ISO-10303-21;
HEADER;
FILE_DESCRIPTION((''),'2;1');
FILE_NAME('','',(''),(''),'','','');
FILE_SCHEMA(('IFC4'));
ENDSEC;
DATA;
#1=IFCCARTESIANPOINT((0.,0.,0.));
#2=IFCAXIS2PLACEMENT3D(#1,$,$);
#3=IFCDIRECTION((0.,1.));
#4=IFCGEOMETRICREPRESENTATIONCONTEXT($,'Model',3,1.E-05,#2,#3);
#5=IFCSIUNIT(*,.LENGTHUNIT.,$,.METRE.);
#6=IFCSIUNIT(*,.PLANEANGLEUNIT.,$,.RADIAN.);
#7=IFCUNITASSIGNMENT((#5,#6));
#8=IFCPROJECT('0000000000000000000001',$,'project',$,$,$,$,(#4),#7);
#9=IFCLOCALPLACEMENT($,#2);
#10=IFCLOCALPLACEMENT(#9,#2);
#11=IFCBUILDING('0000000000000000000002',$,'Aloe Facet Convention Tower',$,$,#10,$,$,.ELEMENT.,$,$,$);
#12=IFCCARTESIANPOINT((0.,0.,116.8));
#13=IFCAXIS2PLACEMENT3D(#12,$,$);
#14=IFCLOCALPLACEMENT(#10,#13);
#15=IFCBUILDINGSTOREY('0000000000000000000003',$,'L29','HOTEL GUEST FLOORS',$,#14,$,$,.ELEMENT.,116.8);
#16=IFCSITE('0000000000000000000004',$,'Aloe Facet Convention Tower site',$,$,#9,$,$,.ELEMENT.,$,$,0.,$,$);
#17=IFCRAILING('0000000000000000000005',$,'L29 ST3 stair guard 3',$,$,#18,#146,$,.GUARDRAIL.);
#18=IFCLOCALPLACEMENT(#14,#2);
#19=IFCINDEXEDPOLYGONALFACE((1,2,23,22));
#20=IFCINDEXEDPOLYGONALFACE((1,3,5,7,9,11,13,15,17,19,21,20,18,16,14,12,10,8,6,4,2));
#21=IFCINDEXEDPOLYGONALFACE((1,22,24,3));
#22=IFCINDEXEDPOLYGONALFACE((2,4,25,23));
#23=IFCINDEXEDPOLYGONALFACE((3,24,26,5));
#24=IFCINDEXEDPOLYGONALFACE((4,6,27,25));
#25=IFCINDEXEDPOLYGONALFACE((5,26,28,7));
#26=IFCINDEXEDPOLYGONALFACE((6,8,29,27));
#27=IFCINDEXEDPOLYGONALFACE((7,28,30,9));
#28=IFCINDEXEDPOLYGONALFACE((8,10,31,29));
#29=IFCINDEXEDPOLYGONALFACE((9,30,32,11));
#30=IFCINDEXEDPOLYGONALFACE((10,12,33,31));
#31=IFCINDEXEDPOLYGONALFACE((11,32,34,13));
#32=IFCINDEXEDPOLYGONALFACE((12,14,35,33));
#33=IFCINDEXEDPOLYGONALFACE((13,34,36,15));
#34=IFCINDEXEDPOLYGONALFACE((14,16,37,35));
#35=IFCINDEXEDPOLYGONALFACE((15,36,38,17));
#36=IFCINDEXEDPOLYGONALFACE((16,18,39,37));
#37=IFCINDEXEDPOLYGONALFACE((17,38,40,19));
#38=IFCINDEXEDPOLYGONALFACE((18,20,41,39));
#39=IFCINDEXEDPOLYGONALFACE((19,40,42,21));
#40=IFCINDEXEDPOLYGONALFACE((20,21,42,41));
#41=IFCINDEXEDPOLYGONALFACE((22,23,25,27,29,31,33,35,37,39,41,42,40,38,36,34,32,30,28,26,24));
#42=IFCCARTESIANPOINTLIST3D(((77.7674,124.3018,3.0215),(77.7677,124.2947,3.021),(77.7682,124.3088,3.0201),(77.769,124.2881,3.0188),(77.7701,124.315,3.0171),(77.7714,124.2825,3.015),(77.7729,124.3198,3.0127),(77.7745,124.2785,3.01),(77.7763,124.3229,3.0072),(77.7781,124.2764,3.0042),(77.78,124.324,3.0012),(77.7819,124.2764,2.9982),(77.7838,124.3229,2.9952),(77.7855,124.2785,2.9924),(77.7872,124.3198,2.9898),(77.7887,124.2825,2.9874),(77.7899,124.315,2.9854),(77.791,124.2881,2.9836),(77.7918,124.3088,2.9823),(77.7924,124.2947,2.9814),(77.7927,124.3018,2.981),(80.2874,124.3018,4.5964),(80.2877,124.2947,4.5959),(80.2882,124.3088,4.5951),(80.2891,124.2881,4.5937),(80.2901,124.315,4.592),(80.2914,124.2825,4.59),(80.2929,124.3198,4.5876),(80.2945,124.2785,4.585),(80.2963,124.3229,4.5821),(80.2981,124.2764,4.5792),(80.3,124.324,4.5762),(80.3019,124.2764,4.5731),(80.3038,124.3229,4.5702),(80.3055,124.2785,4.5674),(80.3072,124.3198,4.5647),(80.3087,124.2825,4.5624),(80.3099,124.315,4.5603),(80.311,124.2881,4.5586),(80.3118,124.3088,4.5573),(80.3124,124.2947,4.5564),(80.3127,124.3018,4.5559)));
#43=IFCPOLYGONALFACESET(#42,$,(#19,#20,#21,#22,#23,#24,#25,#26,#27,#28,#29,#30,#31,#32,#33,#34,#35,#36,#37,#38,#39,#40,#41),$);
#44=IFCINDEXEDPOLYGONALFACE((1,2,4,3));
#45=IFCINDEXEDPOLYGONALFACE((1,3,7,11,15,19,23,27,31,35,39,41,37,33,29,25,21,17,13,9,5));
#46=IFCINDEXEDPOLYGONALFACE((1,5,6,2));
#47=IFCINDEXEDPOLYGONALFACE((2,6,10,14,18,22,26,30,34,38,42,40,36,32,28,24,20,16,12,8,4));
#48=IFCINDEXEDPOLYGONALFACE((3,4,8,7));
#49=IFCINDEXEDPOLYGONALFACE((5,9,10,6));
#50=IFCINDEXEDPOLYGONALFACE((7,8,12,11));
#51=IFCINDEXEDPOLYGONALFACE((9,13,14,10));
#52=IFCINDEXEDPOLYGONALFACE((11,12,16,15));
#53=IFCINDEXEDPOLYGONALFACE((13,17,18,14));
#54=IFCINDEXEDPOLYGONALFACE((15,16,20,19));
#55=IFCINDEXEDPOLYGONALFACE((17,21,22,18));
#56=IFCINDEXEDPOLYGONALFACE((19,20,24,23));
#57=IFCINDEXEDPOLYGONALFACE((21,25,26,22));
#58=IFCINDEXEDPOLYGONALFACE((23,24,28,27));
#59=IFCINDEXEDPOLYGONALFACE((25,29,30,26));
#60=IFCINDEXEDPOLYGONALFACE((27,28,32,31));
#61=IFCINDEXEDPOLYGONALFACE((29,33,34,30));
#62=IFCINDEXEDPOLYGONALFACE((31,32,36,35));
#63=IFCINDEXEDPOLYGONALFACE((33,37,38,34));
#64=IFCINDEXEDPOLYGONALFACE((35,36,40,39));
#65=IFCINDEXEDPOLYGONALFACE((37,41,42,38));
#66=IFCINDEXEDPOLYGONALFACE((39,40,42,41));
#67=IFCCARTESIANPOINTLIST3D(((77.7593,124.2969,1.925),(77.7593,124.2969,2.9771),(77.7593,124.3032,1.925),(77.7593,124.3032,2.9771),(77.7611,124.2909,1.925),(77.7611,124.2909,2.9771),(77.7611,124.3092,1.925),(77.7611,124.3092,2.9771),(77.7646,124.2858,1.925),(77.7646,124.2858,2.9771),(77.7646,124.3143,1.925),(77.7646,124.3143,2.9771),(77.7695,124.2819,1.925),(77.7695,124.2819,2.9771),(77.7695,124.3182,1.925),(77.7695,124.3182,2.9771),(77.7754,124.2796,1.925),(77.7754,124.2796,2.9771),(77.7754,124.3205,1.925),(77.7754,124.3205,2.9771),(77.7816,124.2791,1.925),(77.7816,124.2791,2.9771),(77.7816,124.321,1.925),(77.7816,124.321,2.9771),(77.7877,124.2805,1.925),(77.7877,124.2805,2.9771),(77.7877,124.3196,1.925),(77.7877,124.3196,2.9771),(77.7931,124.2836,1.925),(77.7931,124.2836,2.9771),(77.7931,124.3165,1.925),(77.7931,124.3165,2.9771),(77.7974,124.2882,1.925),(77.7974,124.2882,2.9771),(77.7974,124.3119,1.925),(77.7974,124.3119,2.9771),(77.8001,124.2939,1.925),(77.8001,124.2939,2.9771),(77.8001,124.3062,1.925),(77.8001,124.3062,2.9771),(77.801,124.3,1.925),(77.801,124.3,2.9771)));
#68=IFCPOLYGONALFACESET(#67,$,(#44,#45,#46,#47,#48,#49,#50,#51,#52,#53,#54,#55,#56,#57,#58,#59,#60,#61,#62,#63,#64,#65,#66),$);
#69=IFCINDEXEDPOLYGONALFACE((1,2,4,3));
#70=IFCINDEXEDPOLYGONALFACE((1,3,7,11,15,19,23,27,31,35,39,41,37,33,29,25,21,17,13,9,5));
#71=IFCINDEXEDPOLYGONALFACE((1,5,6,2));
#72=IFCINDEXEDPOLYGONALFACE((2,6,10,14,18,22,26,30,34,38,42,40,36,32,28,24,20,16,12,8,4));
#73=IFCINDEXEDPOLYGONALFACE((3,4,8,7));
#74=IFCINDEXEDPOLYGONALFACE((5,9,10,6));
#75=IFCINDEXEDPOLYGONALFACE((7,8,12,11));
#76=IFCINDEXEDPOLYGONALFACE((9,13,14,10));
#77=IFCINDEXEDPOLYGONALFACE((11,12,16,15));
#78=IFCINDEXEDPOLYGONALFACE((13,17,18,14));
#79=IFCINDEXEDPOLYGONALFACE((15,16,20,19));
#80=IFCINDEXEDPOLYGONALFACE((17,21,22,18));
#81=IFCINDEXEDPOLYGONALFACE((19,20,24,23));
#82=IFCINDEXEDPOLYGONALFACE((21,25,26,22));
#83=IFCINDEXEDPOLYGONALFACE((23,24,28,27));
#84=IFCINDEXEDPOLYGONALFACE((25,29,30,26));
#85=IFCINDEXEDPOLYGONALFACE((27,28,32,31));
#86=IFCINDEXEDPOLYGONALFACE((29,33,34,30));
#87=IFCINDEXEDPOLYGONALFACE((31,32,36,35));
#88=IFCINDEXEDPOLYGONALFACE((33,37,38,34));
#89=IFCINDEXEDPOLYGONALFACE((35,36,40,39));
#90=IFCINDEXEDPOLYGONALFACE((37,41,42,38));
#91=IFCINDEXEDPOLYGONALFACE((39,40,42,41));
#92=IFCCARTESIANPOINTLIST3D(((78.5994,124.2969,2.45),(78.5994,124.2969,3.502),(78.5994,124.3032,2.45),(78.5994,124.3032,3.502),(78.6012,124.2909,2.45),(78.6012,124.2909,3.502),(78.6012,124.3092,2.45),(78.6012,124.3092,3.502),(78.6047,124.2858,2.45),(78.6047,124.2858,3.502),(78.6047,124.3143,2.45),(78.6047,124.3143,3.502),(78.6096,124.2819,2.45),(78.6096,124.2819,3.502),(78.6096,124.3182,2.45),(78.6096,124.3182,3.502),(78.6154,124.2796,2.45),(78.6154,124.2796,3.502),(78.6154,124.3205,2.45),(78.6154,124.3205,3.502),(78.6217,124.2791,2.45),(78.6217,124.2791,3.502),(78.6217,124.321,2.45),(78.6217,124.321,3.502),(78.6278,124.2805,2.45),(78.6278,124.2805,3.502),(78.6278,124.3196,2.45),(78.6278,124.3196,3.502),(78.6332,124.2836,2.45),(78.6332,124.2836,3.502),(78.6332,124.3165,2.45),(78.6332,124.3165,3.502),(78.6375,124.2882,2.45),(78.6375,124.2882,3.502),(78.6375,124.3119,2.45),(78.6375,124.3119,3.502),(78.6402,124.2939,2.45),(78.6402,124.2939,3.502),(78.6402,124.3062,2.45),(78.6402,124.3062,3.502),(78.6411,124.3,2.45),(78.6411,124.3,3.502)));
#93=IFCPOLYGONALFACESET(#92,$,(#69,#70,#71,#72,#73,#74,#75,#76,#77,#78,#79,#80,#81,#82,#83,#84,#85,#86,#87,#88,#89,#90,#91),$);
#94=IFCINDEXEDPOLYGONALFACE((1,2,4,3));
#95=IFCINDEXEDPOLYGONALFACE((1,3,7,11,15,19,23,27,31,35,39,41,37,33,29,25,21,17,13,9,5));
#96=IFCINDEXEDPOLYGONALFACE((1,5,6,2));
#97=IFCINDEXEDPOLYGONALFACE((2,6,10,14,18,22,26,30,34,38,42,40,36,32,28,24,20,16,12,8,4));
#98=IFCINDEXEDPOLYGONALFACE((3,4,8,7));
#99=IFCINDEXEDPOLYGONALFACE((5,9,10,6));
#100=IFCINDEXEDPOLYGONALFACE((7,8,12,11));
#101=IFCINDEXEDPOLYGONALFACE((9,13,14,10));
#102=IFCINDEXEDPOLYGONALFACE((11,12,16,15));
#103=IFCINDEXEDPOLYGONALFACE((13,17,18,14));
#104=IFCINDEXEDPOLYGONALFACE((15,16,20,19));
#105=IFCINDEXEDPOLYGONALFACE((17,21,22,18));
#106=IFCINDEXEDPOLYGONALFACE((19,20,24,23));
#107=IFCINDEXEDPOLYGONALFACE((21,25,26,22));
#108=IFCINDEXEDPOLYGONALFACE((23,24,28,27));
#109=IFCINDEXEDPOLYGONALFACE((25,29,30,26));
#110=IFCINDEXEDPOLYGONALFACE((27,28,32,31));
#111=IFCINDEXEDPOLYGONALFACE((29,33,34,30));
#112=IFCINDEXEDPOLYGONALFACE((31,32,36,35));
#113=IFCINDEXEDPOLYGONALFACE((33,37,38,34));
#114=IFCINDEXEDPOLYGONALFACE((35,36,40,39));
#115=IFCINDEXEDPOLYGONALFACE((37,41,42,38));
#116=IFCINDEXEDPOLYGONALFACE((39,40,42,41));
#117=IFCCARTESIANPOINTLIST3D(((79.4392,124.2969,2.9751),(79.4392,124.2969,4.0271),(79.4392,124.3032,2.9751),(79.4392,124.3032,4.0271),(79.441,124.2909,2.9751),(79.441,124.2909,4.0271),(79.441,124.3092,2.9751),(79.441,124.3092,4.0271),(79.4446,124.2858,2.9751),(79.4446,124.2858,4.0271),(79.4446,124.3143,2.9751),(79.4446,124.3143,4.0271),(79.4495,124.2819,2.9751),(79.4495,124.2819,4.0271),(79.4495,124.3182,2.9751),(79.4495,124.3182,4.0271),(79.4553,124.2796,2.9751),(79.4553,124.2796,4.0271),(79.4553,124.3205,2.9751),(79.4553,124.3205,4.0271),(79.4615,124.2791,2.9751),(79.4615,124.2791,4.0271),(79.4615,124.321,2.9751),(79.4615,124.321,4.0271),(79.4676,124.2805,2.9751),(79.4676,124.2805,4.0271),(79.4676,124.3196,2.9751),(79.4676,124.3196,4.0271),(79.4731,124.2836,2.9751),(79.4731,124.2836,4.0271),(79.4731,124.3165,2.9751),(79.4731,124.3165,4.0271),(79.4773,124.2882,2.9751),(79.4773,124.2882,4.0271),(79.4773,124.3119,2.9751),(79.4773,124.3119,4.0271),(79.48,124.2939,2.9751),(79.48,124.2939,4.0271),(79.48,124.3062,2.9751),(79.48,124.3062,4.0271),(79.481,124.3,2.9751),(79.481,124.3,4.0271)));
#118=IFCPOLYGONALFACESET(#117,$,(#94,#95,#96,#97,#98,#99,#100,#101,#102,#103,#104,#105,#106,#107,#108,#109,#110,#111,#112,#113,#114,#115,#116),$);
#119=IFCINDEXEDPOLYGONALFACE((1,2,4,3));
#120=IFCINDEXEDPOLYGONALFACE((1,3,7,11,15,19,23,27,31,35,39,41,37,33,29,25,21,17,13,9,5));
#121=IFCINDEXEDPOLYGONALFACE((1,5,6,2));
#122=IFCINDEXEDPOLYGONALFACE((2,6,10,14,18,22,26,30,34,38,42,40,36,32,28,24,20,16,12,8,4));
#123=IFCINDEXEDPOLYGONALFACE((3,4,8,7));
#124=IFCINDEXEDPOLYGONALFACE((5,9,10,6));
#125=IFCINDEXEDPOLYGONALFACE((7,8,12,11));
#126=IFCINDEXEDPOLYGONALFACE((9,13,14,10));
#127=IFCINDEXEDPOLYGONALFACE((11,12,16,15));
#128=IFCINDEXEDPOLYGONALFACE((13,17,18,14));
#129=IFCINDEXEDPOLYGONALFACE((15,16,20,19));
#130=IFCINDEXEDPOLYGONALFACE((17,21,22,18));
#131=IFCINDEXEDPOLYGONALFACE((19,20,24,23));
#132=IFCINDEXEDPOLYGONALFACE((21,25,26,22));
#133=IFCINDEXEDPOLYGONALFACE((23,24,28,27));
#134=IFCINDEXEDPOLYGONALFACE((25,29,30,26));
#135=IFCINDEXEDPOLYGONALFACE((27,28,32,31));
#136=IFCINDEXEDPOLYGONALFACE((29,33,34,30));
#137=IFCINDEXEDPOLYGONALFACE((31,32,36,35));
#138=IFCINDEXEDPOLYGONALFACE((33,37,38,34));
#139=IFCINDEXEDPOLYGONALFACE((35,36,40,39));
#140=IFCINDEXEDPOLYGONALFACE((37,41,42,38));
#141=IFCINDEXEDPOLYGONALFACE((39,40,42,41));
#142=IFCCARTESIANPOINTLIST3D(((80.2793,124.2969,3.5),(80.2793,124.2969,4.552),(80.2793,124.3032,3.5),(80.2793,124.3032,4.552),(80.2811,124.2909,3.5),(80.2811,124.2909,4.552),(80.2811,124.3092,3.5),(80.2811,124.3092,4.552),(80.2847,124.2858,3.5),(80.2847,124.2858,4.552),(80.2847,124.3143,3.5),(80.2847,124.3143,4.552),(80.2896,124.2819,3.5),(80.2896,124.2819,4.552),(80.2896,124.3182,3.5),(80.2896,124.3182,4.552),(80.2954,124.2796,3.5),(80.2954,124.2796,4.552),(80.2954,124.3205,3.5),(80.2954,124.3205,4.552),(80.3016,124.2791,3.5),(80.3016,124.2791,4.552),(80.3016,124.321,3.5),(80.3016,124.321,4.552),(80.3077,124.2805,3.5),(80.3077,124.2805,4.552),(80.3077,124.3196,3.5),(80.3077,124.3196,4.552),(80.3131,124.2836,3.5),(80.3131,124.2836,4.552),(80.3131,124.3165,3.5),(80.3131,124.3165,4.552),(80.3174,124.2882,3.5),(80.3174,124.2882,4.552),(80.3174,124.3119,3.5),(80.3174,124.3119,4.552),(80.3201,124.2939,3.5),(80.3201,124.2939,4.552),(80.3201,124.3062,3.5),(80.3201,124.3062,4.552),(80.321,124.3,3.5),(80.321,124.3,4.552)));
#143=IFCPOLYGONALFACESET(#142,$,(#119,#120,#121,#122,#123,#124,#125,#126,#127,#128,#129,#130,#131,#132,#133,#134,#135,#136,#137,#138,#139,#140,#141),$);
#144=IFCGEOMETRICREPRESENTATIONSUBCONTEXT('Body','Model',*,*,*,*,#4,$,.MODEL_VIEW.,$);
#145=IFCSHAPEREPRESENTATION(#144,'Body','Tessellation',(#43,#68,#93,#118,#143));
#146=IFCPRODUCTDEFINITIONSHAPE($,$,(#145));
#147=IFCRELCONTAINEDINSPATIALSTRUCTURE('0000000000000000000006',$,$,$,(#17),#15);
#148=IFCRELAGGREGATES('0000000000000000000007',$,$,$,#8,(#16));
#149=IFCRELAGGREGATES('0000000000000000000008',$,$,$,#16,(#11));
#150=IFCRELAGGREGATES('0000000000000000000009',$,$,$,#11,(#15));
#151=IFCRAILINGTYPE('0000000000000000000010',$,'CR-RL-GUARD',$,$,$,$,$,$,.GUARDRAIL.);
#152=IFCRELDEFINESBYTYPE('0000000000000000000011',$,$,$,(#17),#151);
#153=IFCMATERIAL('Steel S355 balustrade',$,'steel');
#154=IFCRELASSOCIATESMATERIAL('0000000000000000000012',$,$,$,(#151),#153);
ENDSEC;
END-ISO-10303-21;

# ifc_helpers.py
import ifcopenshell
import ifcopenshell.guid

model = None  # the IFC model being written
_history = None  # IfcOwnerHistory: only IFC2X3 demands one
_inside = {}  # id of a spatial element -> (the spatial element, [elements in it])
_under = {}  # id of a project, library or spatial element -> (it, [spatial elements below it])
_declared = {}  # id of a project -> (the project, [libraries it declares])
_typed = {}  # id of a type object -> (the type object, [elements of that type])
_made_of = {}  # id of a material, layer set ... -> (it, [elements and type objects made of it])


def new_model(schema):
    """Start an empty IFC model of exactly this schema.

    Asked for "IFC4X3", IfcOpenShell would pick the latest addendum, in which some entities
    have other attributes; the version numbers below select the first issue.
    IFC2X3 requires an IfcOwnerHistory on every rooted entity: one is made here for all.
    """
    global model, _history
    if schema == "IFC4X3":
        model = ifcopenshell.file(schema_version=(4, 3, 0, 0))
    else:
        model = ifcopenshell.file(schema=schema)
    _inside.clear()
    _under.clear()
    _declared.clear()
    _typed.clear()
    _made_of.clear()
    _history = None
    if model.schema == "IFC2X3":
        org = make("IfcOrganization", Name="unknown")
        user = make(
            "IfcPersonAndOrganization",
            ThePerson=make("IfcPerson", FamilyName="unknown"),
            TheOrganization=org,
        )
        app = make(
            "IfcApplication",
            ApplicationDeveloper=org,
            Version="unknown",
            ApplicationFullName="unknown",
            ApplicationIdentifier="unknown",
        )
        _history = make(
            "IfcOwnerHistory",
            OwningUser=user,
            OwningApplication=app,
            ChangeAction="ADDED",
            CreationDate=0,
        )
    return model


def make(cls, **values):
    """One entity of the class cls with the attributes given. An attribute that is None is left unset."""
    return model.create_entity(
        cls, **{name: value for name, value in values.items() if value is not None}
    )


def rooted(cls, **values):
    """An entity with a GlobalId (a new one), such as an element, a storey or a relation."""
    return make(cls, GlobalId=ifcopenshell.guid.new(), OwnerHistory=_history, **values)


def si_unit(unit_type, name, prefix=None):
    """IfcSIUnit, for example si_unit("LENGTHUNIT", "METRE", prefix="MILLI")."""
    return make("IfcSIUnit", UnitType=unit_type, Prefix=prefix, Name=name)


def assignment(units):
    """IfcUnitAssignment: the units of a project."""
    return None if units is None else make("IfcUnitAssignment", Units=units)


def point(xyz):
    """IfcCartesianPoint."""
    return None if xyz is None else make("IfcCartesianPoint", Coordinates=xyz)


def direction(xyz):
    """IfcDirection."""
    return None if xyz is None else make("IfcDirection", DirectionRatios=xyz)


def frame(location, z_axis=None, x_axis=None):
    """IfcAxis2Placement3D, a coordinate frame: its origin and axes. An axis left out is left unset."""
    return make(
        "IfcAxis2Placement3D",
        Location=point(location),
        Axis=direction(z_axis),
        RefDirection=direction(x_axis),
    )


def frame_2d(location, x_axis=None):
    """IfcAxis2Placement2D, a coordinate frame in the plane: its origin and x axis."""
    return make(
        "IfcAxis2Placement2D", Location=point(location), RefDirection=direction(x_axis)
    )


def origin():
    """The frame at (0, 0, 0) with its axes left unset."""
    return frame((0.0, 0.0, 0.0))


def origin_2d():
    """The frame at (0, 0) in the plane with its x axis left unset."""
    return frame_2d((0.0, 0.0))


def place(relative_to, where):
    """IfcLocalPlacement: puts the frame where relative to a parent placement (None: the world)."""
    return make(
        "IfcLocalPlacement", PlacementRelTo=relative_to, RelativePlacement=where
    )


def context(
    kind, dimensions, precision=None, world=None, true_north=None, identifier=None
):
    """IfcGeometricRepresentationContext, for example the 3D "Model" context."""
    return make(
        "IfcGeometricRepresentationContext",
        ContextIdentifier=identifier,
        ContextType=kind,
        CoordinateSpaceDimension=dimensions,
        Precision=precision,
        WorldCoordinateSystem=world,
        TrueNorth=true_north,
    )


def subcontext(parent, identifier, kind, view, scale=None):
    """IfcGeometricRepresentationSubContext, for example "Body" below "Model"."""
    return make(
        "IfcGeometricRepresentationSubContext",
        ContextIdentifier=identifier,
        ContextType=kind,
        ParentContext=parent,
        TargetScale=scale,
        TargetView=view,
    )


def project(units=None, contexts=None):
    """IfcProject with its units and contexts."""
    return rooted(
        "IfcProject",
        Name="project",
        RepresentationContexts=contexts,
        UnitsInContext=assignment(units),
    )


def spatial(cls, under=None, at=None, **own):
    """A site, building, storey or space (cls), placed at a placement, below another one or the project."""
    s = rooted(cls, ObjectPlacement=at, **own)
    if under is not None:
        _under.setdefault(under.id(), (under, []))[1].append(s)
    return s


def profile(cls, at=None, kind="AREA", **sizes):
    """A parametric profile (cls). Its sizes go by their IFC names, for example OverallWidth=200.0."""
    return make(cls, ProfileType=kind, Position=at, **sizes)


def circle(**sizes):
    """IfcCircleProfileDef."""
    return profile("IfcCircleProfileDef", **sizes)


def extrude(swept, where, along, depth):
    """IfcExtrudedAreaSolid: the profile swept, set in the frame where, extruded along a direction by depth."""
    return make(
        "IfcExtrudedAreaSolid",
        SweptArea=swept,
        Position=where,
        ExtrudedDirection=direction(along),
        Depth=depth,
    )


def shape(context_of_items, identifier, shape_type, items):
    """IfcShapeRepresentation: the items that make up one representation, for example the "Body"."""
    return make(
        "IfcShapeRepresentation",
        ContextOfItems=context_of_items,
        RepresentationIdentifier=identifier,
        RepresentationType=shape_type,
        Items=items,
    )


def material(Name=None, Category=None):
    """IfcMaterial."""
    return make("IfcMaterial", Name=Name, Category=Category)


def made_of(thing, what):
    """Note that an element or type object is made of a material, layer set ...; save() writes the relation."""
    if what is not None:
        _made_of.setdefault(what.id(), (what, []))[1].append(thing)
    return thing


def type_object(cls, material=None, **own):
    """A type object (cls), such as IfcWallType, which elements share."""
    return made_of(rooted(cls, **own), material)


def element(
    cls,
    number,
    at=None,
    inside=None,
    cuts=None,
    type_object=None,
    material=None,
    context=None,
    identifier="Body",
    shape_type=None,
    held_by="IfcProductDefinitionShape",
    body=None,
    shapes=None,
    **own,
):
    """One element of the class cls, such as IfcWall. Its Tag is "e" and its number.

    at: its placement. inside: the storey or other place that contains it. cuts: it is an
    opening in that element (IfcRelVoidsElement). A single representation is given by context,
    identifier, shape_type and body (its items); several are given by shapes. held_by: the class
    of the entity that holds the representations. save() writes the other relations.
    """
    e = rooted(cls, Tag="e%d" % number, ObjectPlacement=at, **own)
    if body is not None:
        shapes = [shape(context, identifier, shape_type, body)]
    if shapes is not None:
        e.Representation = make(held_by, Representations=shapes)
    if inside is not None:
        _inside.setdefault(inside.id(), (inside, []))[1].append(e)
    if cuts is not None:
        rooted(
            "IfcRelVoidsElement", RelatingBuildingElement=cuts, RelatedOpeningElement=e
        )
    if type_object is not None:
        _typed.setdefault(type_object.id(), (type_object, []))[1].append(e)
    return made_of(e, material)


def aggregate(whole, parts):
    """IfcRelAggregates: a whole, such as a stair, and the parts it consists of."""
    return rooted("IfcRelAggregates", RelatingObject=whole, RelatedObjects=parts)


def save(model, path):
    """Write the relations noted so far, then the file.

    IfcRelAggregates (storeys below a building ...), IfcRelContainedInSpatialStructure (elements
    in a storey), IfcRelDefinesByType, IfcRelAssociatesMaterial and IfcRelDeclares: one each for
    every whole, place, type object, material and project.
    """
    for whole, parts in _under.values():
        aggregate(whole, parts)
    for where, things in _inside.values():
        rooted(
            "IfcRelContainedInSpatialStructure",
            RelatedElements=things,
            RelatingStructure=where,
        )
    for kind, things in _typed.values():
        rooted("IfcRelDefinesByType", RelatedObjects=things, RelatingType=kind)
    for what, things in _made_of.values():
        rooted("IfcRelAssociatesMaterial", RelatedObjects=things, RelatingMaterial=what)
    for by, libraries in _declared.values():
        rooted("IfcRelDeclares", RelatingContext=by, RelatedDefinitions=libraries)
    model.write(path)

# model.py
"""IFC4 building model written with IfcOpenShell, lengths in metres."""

from ifc_helpers import new_model, si_unit, direction, frame, origin, origin_2d, place, context, subcontext, project, spatial, circle, extrude, material, type_object, element, save


model = new_model("IFC4")

# Units and contexts
model_context = context("Model", 3, precision=1e-05, world=origin(), true_north=direction((0.0, 1.0)))
body_context = subcontext(model_context, "Body", "Model", "MODEL_VIEW")
ifc_project = project(units=[si_unit("LENGTHUNIT", "METRE"), si_unit("PLANEANGLEUNIT", "RADIAN")], contexts=[model_context])

# Site, building, storey
site_placement = place(None, origin())
site = spatial("IfcSite", under=ifc_project, at=site_placement, Name="Aloe Facet Convention Tower site", CompositionType="ELEMENT", RefElevation=0.0)
building_placement = place(site_placement, origin())
building = spatial("IfcBuilding", under=site, at=building_placement, Name="Aloe Facet Convention Tower", CompositionType="ELEMENT")
storey_placement = place(building_placement, frame((0.0, 0.0, 116.8)))
storey = spatial("IfcBuildingStorey", under=building, at=storey_placement, Name="L29", Description="HOTEL GUEST FLOORS", CompositionType="ELEMENT", Elevation=116.8)

# Railing
ifc_material_1 = material(Name="Steel S355 balustrade", Category="steel")
railing_type_1 = type_object("IfcRailingType", Name="CR-RL-GUARD", PredefinedType="GUARDRAIL", material=ifc_material_1)
railing_1_placement = place(storey_placement, frame((77.78, 124.3, 1.925)))
element("IfcRailing", 1, at=railing_1_placement, inside=storey, type_object=railing_type_1, Name="L29 ST3 stair guard 3", PredefinedType="GUARDRAIL", context=body_context, shape_type="SweptSolid", body=[
    extrude(circle(Radius=0.0239, at=origin_2d()), frame((0.0, 0.0, 1.0762), z_axis=(0.848008, 0.0, 0.529984), x_axis=(0.0, 1.0, 0.0)), (0.0, 0.0, 1.0), 2.9717),
    extrude(circle(Radius=0.021, at=origin_2d()), origin(), (0.0, 0.0, 1.0), 1.052),
    extrude(circle(Radius=0.021, at=origin_2d()), frame((0.8401, 0.0, 0.5249)), (0.0, 0.0, 1.0), 1.052),
    extrude(circle(Radius=0.021, at=origin_2d()), frame((1.6799, 0.0, 1.05)), (0.0, 0.0, 1.0), 1.052),
    extrude(circle(Radius=0.021, at=origin_2d()), frame((2.52, 0.0, 1.575)), (0.0, 0.0, 1.0), 1.052),
])

save(model, "model.ifc")
